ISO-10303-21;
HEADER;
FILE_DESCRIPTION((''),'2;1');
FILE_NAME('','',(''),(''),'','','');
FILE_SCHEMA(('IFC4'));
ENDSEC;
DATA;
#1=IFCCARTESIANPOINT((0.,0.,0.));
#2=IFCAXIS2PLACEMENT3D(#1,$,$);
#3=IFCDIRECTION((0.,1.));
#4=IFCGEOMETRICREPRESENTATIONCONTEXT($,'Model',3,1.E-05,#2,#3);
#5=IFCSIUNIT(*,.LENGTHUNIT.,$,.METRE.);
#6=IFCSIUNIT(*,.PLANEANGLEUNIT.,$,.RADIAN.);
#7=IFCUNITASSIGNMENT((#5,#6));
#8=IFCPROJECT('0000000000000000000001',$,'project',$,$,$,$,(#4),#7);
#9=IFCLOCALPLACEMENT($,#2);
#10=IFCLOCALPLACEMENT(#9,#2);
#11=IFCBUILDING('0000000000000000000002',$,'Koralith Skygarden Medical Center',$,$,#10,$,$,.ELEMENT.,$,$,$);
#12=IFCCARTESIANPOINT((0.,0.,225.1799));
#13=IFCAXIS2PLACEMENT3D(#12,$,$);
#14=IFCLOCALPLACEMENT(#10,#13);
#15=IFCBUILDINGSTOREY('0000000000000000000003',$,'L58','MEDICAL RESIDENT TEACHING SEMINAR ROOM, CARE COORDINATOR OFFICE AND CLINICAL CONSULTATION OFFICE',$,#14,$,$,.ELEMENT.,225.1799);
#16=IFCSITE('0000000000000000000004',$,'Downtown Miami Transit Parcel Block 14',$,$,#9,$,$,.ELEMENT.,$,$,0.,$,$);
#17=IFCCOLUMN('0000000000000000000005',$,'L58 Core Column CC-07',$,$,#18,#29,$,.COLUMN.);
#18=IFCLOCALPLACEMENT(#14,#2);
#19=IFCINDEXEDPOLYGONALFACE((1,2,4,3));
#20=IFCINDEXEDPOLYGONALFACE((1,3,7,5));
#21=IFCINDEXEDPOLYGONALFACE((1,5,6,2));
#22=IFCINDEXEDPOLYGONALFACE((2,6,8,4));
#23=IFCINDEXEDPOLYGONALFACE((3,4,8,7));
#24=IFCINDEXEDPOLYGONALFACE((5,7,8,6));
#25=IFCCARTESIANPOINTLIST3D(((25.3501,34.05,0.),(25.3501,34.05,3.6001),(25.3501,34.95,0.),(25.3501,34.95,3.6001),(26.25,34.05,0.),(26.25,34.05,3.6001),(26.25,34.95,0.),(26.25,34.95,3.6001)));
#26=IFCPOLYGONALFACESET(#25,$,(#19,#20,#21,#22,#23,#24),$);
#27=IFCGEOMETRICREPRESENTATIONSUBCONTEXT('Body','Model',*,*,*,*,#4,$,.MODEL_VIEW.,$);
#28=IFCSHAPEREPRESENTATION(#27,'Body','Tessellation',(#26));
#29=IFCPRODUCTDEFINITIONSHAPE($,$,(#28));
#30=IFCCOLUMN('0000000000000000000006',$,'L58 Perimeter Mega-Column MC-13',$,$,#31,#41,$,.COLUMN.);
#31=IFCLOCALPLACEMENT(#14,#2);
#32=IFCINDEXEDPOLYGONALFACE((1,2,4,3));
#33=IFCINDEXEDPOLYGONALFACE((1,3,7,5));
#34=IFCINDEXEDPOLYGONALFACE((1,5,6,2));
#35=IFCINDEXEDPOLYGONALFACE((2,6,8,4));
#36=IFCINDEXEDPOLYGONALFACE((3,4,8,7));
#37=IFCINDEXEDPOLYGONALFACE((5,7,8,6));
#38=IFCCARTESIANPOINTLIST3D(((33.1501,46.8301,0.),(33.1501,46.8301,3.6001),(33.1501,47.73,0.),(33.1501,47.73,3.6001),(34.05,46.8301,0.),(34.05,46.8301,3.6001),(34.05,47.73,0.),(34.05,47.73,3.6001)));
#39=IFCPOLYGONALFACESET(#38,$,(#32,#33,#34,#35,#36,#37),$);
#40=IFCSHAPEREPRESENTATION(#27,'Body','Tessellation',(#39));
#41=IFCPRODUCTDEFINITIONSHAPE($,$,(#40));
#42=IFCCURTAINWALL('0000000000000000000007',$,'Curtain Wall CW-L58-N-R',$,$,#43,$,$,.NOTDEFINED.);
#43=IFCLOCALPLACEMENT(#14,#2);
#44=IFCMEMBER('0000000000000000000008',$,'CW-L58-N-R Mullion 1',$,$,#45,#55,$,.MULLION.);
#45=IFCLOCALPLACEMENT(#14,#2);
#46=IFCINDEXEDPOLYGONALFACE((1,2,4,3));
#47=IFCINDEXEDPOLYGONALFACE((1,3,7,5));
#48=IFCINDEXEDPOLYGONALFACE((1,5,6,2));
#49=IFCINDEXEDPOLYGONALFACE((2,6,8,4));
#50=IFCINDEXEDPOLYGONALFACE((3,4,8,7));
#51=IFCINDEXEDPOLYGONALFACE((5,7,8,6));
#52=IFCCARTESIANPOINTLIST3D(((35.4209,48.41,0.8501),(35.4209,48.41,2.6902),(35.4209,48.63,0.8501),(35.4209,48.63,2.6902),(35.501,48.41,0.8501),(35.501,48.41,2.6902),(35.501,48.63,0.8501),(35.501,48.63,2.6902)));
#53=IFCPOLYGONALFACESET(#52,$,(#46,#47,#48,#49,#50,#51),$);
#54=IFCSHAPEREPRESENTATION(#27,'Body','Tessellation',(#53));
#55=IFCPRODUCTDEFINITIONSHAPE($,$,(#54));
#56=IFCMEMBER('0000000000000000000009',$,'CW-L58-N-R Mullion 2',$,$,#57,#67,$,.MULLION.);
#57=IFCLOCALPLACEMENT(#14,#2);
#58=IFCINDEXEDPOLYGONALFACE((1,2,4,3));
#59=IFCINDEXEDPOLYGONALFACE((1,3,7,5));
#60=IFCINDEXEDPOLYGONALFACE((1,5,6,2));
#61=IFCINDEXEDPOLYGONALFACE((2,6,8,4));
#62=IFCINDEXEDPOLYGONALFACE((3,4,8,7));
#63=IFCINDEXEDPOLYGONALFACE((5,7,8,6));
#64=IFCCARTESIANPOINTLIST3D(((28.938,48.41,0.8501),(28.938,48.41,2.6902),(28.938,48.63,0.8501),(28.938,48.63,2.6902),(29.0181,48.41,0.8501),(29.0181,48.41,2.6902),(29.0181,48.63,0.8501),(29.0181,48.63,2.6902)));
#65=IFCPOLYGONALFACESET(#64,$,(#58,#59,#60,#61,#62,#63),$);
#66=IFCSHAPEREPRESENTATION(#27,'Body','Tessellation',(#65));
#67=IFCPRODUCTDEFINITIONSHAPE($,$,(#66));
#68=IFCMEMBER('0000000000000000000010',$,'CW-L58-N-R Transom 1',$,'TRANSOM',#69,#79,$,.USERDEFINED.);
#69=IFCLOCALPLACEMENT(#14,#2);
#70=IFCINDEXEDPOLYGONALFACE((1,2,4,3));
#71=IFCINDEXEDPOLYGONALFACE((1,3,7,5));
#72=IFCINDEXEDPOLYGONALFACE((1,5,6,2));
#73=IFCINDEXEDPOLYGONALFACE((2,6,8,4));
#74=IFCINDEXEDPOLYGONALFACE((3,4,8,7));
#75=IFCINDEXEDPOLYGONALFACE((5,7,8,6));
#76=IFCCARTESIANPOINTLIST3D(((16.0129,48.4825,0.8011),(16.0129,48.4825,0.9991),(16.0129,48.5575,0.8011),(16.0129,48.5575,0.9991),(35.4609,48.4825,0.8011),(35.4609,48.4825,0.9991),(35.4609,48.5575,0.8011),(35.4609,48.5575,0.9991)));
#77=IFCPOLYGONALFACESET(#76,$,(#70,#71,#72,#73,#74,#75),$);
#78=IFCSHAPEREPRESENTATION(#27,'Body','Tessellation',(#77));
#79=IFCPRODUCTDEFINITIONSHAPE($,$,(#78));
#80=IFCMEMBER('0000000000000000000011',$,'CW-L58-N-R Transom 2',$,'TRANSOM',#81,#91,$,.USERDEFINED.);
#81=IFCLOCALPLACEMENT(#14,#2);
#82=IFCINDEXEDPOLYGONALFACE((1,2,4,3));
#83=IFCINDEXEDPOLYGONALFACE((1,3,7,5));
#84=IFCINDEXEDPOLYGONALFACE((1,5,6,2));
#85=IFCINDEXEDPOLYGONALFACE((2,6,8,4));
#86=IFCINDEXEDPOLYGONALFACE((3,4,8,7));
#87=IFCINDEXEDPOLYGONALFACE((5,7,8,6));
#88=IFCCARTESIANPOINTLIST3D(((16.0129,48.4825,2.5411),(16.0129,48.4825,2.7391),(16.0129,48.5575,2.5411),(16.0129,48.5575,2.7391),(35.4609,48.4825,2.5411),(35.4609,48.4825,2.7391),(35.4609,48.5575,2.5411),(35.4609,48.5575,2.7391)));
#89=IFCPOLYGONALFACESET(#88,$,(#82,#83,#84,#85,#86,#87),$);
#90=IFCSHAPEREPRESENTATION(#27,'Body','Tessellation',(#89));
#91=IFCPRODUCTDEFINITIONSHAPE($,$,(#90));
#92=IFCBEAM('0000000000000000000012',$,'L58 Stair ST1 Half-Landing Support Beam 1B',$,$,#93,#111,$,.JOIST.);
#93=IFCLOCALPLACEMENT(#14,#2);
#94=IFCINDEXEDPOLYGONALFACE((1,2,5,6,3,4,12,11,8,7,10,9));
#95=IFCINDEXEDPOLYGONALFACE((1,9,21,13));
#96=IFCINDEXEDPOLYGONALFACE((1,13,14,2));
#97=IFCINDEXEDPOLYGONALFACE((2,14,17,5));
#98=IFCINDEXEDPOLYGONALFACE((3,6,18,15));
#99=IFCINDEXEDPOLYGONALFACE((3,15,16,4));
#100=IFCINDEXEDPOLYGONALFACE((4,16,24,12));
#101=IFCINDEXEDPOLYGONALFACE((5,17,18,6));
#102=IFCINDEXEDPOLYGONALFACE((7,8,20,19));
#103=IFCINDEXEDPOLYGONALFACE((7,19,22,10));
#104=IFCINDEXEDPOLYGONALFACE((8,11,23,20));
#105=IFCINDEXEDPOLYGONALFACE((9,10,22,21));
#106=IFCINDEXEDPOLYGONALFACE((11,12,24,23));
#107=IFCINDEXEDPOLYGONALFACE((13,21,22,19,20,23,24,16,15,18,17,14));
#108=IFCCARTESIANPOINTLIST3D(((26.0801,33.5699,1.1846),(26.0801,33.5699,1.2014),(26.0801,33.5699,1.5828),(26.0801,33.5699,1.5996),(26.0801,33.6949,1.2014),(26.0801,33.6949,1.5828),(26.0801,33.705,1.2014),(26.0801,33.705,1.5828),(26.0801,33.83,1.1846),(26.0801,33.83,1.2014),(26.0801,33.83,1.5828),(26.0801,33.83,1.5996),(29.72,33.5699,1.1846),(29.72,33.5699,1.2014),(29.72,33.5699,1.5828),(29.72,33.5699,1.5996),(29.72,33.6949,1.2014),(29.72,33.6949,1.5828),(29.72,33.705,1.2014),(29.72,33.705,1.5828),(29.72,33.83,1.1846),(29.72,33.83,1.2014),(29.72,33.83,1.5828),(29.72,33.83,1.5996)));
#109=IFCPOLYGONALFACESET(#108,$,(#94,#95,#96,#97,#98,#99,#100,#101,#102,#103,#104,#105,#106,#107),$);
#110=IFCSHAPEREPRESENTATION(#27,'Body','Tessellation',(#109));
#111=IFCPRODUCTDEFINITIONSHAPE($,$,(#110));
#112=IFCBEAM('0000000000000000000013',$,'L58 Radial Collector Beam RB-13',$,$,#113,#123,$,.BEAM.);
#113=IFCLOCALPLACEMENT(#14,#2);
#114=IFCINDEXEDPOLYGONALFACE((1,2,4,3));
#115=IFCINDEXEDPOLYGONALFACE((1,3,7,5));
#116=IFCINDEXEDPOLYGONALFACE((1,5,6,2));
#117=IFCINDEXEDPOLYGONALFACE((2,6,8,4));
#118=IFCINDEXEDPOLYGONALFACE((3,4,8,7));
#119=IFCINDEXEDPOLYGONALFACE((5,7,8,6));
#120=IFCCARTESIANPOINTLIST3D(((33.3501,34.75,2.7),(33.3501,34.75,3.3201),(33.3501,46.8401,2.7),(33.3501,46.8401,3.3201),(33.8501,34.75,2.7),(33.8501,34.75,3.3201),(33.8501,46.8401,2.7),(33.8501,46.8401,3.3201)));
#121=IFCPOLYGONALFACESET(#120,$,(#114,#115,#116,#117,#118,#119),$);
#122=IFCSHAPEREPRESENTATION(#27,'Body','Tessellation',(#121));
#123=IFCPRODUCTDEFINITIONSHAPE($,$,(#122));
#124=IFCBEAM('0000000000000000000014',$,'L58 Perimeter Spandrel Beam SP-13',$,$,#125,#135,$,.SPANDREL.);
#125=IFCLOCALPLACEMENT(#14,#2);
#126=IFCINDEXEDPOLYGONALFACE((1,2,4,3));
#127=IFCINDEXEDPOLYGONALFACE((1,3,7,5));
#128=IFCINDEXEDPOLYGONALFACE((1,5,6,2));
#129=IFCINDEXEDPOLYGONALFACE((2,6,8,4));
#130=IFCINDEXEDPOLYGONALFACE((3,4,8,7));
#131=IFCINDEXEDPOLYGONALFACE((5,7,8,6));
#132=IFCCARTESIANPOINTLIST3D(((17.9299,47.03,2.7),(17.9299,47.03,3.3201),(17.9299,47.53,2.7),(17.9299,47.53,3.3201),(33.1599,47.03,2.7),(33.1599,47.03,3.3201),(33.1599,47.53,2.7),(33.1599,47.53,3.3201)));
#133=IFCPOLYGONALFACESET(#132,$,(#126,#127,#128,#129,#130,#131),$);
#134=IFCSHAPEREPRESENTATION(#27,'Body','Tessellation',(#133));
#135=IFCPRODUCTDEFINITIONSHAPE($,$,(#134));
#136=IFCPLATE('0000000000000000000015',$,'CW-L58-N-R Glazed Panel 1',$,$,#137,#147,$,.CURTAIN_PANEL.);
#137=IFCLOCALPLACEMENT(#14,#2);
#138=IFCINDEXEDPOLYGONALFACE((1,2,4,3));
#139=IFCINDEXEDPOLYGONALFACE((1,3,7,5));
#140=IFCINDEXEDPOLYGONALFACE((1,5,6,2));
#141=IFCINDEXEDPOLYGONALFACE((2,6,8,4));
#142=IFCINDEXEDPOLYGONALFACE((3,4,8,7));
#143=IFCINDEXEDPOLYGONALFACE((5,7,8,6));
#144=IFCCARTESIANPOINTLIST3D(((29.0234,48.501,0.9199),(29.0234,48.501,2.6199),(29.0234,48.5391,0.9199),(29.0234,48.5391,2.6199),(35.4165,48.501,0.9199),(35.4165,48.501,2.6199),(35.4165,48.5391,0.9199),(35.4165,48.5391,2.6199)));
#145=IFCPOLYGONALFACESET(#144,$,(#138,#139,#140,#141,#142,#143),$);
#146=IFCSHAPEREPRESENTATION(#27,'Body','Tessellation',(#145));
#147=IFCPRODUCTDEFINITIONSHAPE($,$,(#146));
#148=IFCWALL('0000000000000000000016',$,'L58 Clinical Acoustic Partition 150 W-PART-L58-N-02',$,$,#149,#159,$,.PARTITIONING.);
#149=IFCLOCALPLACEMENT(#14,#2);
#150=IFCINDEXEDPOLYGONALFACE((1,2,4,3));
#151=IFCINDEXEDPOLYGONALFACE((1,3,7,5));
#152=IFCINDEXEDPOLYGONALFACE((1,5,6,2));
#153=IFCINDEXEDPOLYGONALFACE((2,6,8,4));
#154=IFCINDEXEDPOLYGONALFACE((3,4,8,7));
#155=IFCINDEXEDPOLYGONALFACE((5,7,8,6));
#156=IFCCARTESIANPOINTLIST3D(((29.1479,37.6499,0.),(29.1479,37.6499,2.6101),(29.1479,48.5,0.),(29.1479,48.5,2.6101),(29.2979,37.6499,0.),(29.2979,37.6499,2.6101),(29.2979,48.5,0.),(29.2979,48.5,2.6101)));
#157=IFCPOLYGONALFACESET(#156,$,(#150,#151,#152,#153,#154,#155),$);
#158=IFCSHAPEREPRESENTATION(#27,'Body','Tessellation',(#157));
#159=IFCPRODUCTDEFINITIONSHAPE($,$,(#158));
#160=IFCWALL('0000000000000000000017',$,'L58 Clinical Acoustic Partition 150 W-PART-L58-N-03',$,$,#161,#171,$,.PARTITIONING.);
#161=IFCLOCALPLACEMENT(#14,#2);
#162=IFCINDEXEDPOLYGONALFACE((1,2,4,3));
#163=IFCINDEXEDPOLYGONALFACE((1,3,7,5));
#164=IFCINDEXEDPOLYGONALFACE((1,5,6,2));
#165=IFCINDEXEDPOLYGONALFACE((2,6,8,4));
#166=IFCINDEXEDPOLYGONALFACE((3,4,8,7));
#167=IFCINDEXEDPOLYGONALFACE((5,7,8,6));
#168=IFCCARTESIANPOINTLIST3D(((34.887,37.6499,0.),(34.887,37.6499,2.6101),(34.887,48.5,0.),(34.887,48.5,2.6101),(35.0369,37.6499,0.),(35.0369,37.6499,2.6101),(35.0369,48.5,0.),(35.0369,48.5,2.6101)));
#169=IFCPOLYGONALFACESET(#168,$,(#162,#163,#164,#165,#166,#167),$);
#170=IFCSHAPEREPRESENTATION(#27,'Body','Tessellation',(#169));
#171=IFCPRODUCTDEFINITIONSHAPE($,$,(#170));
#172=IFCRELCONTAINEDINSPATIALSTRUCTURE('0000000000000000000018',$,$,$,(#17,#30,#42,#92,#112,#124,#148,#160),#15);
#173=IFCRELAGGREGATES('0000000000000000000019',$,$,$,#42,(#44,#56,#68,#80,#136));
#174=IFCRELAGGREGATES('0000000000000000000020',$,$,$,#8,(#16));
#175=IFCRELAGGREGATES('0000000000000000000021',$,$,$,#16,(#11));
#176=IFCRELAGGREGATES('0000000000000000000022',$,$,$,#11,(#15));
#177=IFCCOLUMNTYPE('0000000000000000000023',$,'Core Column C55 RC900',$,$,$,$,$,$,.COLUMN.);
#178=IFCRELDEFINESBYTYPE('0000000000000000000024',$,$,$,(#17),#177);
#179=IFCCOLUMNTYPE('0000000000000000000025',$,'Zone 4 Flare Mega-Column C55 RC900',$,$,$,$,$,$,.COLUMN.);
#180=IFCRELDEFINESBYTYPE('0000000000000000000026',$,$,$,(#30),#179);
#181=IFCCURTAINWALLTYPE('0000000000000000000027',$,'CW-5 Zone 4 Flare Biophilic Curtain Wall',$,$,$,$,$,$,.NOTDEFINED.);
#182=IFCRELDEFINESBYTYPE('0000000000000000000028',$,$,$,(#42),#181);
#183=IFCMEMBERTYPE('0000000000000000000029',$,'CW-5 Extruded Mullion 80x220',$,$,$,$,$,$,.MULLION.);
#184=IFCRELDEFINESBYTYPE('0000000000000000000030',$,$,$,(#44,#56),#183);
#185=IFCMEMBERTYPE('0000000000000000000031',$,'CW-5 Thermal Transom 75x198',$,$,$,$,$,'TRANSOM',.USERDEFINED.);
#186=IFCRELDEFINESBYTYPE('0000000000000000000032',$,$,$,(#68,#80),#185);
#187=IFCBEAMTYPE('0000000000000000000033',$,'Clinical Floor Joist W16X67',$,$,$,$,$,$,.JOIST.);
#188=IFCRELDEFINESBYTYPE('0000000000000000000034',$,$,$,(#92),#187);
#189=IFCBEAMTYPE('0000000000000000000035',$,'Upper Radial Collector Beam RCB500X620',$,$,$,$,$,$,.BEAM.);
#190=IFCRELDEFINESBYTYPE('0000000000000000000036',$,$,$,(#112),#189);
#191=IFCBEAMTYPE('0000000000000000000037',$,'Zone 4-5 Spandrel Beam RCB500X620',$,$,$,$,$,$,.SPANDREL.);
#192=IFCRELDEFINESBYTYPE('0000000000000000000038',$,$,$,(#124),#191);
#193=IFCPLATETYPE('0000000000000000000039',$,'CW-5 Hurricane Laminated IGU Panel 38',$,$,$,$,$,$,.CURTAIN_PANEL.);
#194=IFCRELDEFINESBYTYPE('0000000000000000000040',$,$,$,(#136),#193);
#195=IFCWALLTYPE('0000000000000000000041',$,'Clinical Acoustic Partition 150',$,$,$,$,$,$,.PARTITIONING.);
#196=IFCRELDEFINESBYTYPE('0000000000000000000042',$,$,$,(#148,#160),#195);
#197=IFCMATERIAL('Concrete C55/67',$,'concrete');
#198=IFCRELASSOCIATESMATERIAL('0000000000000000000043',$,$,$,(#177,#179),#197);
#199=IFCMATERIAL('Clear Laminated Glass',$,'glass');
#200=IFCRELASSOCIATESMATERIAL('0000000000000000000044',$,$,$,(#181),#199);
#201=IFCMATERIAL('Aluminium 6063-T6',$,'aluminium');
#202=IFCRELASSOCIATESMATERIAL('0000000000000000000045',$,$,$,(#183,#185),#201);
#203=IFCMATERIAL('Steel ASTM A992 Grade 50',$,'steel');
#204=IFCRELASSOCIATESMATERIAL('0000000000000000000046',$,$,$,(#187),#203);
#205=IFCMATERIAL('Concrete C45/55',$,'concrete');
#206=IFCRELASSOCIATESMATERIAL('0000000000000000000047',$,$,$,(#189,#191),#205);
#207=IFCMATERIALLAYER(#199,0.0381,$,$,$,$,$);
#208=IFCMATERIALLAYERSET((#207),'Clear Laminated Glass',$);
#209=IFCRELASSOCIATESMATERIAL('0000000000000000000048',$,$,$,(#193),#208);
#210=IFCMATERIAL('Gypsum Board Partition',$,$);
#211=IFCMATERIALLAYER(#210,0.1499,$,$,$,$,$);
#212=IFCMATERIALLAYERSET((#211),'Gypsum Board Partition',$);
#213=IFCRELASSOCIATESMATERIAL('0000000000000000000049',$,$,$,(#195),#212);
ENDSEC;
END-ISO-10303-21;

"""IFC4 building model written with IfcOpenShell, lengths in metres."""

from ifc_helpers import new_model, si_unit, direction, frame, frame_2d, origin, origin_2d, place, context, subcontext, project, spatial, rectangle, i_section, extrude, material, layer, layer_set, material_profile, profile_set, type_object, element, aggregate, save


model = new_model("IFC4")

# Units and contexts
model_context = context("Model", 3, precision=1e-05, world=origin(), true_north=direction((0.0, 1.0)))
body_context = subcontext(model_context, "Body", "Model", "MODEL_VIEW")
ifc_project = project(units=[si_unit("LENGTHUNIT", "METRE"), si_unit("PLANEANGLEUNIT", "RADIAN")], contexts=[model_context])

# Site, building, storey
site_placement = place(None, origin())
site = spatial("IfcSite", under=ifc_project, at=site_placement, Name="Downtown Miami Transit Parcel Block 14", CompositionType="ELEMENT", RefElevation=0.0)
building_placement = place(site_placement, origin())
building = spatial("IfcBuilding", under=site, at=building_placement, Name="Koralith Skygarden Medical Center", CompositionType="ELEMENT")
storey_placement = place(building_placement, frame((0.0, 0.0, 225.1799)))
storey = spatial("IfcBuildingStorey", under=building, at=storey_placement, Name="L58", Description="MEDICAL RESIDENT TEACHING SEMINAR ROOM, CARE COORDINATOR OFFICE AND CLINICAL CONSULTATION OFFICE", CompositionType="ELEMENT", Elevation=225.1799)

# Columns
ifc_material_1 = material(Name="Concrete C55/67", Category="concrete")
ifc_material_profile_1 = material_profile(ifc_material_1, rectangle(XDim=0.8999, YDim=0.8999, at=origin_2d()), Name="RC900X900")
ifc_profile_set_1 = profile_set([ifc_material_profile_1], Name="Concrete C55/67")
column_type_1 = type_object("IfcColumnType", Name="Core Column C55 RC900", PredefinedType="COLUMN", material=ifc_profile_set_1)
column_1_placement = place(storey_placement, frame((25.8, 34.5, 0.0), z_axis=(0.0, 0.0, 1.0), x_axis=(1.0, 0.0, 0.0)))
element("IfcColumn", 1, at=column_1_placement, inside=storey, type_object=column_type_1, Name="L58 Core Column CC-07", PredefinedType="COLUMN", context=body_context, shape_type="SweptSolid", body=[
    extrude(rectangle(XDim=0.8999, YDim=0.8999, at=origin_2d()), origin(), (0.0, 0.0, 1.0), 3.6001),
])
ifc_material_profile_2 = material_profile(ifc_material_1, rectangle(XDim=0.8999, YDim=0.8999, at=origin_2d()), Name="RC900X900")
ifc_profile_set_2 = profile_set([ifc_material_profile_2], Name="Concrete C55/67")
column_type_2 = type_object("IfcColumnType", Name="Zone 4 Flare Mega-Column C55 RC900", PredefinedType="COLUMN", material=ifc_profile_set_2)
column_2_placement = place(storey_placement, frame((33.6001, 47.28, 0.0), z_axis=(0.0, 0.0, 1.0), x_axis=(1.0, 0.0, 0.0)))
element("IfcColumn", 2, at=column_2_placement, inside=storey, type_object=column_type_2, Name="L58 Perimeter Mega-Column MC-13", PredefinedType="COLUMN", context=body_context, shape_type="SweptSolid", body=[
    extrude(rectangle(XDim=0.8999, YDim=0.8999, at=origin_2d()), origin(), (0.0, 0.0, 1.0), 3.6001),
])

# Curtain wall, members
ifc_material_2 = material(Name="Clear Laminated Glass", Category="glass")
curtain_wall_type = type_object("IfcCurtainWallType", Name="CW-5 Zone 4 Flare Biophilic Curtain Wall", PredefinedType="NOTDEFINED", material=ifc_material_2)
curtain_wall_placement = place(storey_placement, origin())
curtain_wall = element("IfcCurtainWall", 3, at=curtain_wall_placement, inside=storey, type_object=curtain_wall_type, Name="Curtain Wall CW-L58-N-R", PredefinedType="NOTDEFINED")
ifc_material_3 = material(Name="Aluminium 6063-T6", Category="aluminium")
ifc_material_profile_3 = material_profile(ifc_material_3, rectangle(XDim=0.0801, YDim=0.22, at=origin_2d()), Name="MUL80X220")
ifc_profile_set_3 = profile_set([ifc_material_profile_3], Name="Aluminium 6063-T6")
member_type_1 = type_object("IfcMemberType", Name="CW-5 Extruded Mullion 80x220", PredefinedType="MULLION", material=ifc_profile_set_3)
member_1_placement = place(storey_placement, frame((35.4609, 48.52, 0.8501), z_axis=(0.0, 0.0, 1.0), x_axis=(1.0, 0.0, 0.0)))
member_1 = element("IfcMember", 4, at=member_1_placement, type_object=member_type_1, Name="CW-L58-N-R Mullion 1", PredefinedType="MULLION", context=body_context, shape_type="SweptSolid", body=[
    extrude(rectangle(XDim=0.0801, YDim=0.22, at=origin_2d()), origin(), (0.0, 0.0, 1.0), 1.8401),
])
member_2_placement = place(storey_placement, frame((28.978, 48.52, 0.8501), z_axis=(0.0, 0.0, 1.0), x_axis=(1.0, 0.0, 0.0)))
member_2 = element("IfcMember", 5, at=member_2_placement, type_object=member_type_1, Name="CW-L58-N-R Mullion 2", PredefinedType="MULLION", context=body_context, shape_type="SweptSolid", body=[
    extrude(rectangle(XDim=0.0801, YDim=0.22, at=origin_2d()), origin(), (0.0, 0.0, 1.0), 1.8401),
])
ifc_material_profile_4 = material_profile(ifc_material_3, rectangle(XDim=0.075, YDim=0.198, at=origin_2d()), Name="TRN75X198")
ifc_profile_set_4 = profile_set([ifc_material_profile_4], Name="Aluminium 6063-T6")
member_type_2 = type_object("IfcMemberType", Name="CW-5 Thermal Transom 75x198", ElementType="TRANSOM", PredefinedType="USERDEFINED", material=ifc_profile_set_4)
member_3_placement = place(storey_placement, frame((35.4609, 48.52, 0.9001), z_axis=(-1.0, 0.0, 0.0), x_axis=(0.0, -1.0, 0.0)))
member_3 = element("IfcMember", 6, at=member_3_placement, type_object=member_type_2, Name="CW-L58-N-R Transom 1", ObjectType="TRANSOM", PredefinedType="USERDEFINED", context=body_context, shape_type="SweptSolid", body=[
    extrude(rectangle(XDim=0.075, YDim=0.198, at=origin_2d()), origin(), (0.0, 0.0, 1.0), 19.448),
])
member_4_placement = place(storey_placement, frame((35.4609, 48.52, 2.6401), z_axis=(-1.0, 0.0, 0.0), x_axis=(0.0, -1.0, 0.0)))
member_4 = element("IfcMember", 7, at=member_4_placement, type_object=member_type_2, Name="CW-L58-N-R Transom 2", ObjectType="TRANSOM", PredefinedType="USERDEFINED", context=body_context, shape_type="SweptSolid", body=[
    extrude(rectangle(XDim=0.075, YDim=0.198, at=origin_2d()), origin(), (0.0, 0.0, 1.0), 19.448),
])

# Beams
ifc_material_4 = material(Name="Steel ASTM A992 Grade 50", Category="steel")
ifc_material_profile_5 = material_profile(ifc_material_4, i_section(OverallWidth=0.26, OverallDepth=0.415, WebThickness=0.01, FlangeThickness=0.0168, at=origin_2d()), Name="W16X67")
ifc_profile_set_5 = profile_set([ifc_material_profile_5], Name="Steel ASTM A992 Grade 50")
beam_type_1 = type_object("IfcBeamType", Name="Clinical Floor Joist W16X67", PredefinedType="JOIST", material=ifc_profile_set_5)
beam_1_placement = place(storey_placement, frame((26.0801, 33.7, 1.3921), z_axis=(1.0, 0.0, 0.0), x_axis=(0.0, 1.0, 0.0)))
element("IfcBeam", 8, at=beam_1_placement, inside=storey, type_object=beam_type_1, Name="L58 Stair ST1 Half-Landing Support Beam 1B", PredefinedType="JOIST", context=body_context, shape_type="SweptSolid", body=[
    extrude(i_section(OverallWidth=0.26, OverallDepth=0.415, WebThickness=0.01, FlangeThickness=0.0168, at=origin_2d()), origin(), (0.0, 0.0, 1.0), 3.6399),
])
ifc_material_5 = material(Name="Concrete C45/55", Category="concrete")
ifc_material_profile_6 = material_profile(ifc_material_5, rectangle(XDim=0.5, YDim=0.6201, at=origin_2d()), Name="RCB500X620")
ifc_profile_set_6 = profile_set([ifc_material_profile_6], Name="Concrete C45/55")
beam_type_2 = type_object("IfcBeamType", Name="Upper Radial Collector Beam RCB500X620", PredefinedType="BEAM", material=ifc_profile_set_6)
beam_2_placement = place(storey_placement, frame((33.6001, 34.75, 3.01), z_axis=(0.0, 1.0, 0.0), x_axis=(-1.0, 0.0, 0.0)))
element("IfcBeam", 9, at=beam_2_placement, inside=storey, type_object=beam_type_2, Name="L58 Radial Collector Beam RB-13", PredefinedType="BEAM", context=body_context, shape_type="SweptSolid", body=[
    extrude(rectangle(XDim=0.5, YDim=0.6201, at=origin_2d()), origin(), (0.0, 0.0, 1.0), 12.0901),
])
ifc_material_profile_7 = material_profile(ifc_material_5, rectangle(XDim=0.5, YDim=0.6201, at=origin_2d()), Name="RCB500X620")
ifc_profile_set_7 = profile_set([ifc_material_profile_7], Name="Concrete C45/55")
beam_type_3 = type_object("IfcBeamType", Name="Zone 4-5 Spandrel Beam RCB500X620", PredefinedType="SPANDREL", material=ifc_profile_set_7)
beam_3_placement = place(storey_placement, frame((33.1599, 47.28, 3.01), z_axis=(-1.0, 0.0, 0.0), x_axis=(0.0, -1.0, 0.0)))
element("IfcBeam", 10, at=beam_3_placement, inside=storey, type_object=beam_type_3, Name="L58 Perimeter Spandrel Beam SP-13", PredefinedType="SPANDREL", context=body_context, shape_type="SweptSolid", body=[
    extrude(rectangle(XDim=0.5, YDim=0.6201, at=origin_2d()), origin(), (0.0, 0.0, 1.0), 15.23),
])

# Plate
ifc_layer_1 = layer(ifc_material_2, 0.0381)
ifc_layer_set_1 = layer_set([ifc_layer_1], Name="Clear Laminated Glass")
plate_type = type_object("IfcPlateType", Name="CW-5 Hurricane Laminated IGU Panel 38", PredefinedType="CURTAIN_PANEL", material=ifc_layer_set_1)
plate_placement = place(storey_placement, frame((32.22, 48.52, 0.9199), z_axis=(0.0, 0.0, 1.0), x_axis=(-1.0, 0.0, 0.0)))
plate = element("IfcPlate", 11, at=plate_placement, type_object=plate_type, Name="CW-L58-N-R Glazed Panel 1", PredefinedType="CURTAIN_PANEL", context=body_context, shape_type="SweptSolid", body=[
    extrude(rectangle(XDim=6.3931, YDim=0.0381, at=origin_2d()), origin(), (0.0, 0.0, 1.0), 1.7),
])
aggregate(curtain_wall, [member_1, member_2, member_3, member_4, plate])

# Walls
ifc_material_6 = material(Name="Gypsum Board Partition")
ifc_layer_2 = layer(ifc_material_6, 0.1499)
ifc_layer_set_2 = layer_set([ifc_layer_2], Name="Gypsum Board Partition")
wall_type_1 = type_object("IfcWallType", Name="Clinical Acoustic Partition 150", PredefinedType="PARTITIONING", material=ifc_layer_set_2)
for number, where, z_axis, x_axis, name in (
    (12, (29.2229, 37.6499, 0.0), (0.0, 0.0, 1.0), (0.0, 1.0, 0.0), "L58 Clinical Acoustic Partition 150 W-PART-L58-N-02"),
    (13, (34.9619, 37.6499, 0.0), (0.0, 0.0, 1.0), (0.0, 1.0, 0.0), "L58 Clinical Acoustic Partition 150 W-PART-L58-N-03"),
):
    element("IfcWall", number, at=place(storey_placement, frame(where, z_axis=z_axis, x_axis=x_axis)), inside=storey, type_object=wall_type_1, Name=name, PredefinedType="PARTITIONING", context=body_context, shape_type="SweptSolid", body=[
        extrude(rectangle(XDim=10.8501, YDim=0.1499, at=frame_2d((5.425, 0.0))), origin(), (0.0, 0.0, 1.0), 2.6101),
    ])

save(model, "model.ifc")
